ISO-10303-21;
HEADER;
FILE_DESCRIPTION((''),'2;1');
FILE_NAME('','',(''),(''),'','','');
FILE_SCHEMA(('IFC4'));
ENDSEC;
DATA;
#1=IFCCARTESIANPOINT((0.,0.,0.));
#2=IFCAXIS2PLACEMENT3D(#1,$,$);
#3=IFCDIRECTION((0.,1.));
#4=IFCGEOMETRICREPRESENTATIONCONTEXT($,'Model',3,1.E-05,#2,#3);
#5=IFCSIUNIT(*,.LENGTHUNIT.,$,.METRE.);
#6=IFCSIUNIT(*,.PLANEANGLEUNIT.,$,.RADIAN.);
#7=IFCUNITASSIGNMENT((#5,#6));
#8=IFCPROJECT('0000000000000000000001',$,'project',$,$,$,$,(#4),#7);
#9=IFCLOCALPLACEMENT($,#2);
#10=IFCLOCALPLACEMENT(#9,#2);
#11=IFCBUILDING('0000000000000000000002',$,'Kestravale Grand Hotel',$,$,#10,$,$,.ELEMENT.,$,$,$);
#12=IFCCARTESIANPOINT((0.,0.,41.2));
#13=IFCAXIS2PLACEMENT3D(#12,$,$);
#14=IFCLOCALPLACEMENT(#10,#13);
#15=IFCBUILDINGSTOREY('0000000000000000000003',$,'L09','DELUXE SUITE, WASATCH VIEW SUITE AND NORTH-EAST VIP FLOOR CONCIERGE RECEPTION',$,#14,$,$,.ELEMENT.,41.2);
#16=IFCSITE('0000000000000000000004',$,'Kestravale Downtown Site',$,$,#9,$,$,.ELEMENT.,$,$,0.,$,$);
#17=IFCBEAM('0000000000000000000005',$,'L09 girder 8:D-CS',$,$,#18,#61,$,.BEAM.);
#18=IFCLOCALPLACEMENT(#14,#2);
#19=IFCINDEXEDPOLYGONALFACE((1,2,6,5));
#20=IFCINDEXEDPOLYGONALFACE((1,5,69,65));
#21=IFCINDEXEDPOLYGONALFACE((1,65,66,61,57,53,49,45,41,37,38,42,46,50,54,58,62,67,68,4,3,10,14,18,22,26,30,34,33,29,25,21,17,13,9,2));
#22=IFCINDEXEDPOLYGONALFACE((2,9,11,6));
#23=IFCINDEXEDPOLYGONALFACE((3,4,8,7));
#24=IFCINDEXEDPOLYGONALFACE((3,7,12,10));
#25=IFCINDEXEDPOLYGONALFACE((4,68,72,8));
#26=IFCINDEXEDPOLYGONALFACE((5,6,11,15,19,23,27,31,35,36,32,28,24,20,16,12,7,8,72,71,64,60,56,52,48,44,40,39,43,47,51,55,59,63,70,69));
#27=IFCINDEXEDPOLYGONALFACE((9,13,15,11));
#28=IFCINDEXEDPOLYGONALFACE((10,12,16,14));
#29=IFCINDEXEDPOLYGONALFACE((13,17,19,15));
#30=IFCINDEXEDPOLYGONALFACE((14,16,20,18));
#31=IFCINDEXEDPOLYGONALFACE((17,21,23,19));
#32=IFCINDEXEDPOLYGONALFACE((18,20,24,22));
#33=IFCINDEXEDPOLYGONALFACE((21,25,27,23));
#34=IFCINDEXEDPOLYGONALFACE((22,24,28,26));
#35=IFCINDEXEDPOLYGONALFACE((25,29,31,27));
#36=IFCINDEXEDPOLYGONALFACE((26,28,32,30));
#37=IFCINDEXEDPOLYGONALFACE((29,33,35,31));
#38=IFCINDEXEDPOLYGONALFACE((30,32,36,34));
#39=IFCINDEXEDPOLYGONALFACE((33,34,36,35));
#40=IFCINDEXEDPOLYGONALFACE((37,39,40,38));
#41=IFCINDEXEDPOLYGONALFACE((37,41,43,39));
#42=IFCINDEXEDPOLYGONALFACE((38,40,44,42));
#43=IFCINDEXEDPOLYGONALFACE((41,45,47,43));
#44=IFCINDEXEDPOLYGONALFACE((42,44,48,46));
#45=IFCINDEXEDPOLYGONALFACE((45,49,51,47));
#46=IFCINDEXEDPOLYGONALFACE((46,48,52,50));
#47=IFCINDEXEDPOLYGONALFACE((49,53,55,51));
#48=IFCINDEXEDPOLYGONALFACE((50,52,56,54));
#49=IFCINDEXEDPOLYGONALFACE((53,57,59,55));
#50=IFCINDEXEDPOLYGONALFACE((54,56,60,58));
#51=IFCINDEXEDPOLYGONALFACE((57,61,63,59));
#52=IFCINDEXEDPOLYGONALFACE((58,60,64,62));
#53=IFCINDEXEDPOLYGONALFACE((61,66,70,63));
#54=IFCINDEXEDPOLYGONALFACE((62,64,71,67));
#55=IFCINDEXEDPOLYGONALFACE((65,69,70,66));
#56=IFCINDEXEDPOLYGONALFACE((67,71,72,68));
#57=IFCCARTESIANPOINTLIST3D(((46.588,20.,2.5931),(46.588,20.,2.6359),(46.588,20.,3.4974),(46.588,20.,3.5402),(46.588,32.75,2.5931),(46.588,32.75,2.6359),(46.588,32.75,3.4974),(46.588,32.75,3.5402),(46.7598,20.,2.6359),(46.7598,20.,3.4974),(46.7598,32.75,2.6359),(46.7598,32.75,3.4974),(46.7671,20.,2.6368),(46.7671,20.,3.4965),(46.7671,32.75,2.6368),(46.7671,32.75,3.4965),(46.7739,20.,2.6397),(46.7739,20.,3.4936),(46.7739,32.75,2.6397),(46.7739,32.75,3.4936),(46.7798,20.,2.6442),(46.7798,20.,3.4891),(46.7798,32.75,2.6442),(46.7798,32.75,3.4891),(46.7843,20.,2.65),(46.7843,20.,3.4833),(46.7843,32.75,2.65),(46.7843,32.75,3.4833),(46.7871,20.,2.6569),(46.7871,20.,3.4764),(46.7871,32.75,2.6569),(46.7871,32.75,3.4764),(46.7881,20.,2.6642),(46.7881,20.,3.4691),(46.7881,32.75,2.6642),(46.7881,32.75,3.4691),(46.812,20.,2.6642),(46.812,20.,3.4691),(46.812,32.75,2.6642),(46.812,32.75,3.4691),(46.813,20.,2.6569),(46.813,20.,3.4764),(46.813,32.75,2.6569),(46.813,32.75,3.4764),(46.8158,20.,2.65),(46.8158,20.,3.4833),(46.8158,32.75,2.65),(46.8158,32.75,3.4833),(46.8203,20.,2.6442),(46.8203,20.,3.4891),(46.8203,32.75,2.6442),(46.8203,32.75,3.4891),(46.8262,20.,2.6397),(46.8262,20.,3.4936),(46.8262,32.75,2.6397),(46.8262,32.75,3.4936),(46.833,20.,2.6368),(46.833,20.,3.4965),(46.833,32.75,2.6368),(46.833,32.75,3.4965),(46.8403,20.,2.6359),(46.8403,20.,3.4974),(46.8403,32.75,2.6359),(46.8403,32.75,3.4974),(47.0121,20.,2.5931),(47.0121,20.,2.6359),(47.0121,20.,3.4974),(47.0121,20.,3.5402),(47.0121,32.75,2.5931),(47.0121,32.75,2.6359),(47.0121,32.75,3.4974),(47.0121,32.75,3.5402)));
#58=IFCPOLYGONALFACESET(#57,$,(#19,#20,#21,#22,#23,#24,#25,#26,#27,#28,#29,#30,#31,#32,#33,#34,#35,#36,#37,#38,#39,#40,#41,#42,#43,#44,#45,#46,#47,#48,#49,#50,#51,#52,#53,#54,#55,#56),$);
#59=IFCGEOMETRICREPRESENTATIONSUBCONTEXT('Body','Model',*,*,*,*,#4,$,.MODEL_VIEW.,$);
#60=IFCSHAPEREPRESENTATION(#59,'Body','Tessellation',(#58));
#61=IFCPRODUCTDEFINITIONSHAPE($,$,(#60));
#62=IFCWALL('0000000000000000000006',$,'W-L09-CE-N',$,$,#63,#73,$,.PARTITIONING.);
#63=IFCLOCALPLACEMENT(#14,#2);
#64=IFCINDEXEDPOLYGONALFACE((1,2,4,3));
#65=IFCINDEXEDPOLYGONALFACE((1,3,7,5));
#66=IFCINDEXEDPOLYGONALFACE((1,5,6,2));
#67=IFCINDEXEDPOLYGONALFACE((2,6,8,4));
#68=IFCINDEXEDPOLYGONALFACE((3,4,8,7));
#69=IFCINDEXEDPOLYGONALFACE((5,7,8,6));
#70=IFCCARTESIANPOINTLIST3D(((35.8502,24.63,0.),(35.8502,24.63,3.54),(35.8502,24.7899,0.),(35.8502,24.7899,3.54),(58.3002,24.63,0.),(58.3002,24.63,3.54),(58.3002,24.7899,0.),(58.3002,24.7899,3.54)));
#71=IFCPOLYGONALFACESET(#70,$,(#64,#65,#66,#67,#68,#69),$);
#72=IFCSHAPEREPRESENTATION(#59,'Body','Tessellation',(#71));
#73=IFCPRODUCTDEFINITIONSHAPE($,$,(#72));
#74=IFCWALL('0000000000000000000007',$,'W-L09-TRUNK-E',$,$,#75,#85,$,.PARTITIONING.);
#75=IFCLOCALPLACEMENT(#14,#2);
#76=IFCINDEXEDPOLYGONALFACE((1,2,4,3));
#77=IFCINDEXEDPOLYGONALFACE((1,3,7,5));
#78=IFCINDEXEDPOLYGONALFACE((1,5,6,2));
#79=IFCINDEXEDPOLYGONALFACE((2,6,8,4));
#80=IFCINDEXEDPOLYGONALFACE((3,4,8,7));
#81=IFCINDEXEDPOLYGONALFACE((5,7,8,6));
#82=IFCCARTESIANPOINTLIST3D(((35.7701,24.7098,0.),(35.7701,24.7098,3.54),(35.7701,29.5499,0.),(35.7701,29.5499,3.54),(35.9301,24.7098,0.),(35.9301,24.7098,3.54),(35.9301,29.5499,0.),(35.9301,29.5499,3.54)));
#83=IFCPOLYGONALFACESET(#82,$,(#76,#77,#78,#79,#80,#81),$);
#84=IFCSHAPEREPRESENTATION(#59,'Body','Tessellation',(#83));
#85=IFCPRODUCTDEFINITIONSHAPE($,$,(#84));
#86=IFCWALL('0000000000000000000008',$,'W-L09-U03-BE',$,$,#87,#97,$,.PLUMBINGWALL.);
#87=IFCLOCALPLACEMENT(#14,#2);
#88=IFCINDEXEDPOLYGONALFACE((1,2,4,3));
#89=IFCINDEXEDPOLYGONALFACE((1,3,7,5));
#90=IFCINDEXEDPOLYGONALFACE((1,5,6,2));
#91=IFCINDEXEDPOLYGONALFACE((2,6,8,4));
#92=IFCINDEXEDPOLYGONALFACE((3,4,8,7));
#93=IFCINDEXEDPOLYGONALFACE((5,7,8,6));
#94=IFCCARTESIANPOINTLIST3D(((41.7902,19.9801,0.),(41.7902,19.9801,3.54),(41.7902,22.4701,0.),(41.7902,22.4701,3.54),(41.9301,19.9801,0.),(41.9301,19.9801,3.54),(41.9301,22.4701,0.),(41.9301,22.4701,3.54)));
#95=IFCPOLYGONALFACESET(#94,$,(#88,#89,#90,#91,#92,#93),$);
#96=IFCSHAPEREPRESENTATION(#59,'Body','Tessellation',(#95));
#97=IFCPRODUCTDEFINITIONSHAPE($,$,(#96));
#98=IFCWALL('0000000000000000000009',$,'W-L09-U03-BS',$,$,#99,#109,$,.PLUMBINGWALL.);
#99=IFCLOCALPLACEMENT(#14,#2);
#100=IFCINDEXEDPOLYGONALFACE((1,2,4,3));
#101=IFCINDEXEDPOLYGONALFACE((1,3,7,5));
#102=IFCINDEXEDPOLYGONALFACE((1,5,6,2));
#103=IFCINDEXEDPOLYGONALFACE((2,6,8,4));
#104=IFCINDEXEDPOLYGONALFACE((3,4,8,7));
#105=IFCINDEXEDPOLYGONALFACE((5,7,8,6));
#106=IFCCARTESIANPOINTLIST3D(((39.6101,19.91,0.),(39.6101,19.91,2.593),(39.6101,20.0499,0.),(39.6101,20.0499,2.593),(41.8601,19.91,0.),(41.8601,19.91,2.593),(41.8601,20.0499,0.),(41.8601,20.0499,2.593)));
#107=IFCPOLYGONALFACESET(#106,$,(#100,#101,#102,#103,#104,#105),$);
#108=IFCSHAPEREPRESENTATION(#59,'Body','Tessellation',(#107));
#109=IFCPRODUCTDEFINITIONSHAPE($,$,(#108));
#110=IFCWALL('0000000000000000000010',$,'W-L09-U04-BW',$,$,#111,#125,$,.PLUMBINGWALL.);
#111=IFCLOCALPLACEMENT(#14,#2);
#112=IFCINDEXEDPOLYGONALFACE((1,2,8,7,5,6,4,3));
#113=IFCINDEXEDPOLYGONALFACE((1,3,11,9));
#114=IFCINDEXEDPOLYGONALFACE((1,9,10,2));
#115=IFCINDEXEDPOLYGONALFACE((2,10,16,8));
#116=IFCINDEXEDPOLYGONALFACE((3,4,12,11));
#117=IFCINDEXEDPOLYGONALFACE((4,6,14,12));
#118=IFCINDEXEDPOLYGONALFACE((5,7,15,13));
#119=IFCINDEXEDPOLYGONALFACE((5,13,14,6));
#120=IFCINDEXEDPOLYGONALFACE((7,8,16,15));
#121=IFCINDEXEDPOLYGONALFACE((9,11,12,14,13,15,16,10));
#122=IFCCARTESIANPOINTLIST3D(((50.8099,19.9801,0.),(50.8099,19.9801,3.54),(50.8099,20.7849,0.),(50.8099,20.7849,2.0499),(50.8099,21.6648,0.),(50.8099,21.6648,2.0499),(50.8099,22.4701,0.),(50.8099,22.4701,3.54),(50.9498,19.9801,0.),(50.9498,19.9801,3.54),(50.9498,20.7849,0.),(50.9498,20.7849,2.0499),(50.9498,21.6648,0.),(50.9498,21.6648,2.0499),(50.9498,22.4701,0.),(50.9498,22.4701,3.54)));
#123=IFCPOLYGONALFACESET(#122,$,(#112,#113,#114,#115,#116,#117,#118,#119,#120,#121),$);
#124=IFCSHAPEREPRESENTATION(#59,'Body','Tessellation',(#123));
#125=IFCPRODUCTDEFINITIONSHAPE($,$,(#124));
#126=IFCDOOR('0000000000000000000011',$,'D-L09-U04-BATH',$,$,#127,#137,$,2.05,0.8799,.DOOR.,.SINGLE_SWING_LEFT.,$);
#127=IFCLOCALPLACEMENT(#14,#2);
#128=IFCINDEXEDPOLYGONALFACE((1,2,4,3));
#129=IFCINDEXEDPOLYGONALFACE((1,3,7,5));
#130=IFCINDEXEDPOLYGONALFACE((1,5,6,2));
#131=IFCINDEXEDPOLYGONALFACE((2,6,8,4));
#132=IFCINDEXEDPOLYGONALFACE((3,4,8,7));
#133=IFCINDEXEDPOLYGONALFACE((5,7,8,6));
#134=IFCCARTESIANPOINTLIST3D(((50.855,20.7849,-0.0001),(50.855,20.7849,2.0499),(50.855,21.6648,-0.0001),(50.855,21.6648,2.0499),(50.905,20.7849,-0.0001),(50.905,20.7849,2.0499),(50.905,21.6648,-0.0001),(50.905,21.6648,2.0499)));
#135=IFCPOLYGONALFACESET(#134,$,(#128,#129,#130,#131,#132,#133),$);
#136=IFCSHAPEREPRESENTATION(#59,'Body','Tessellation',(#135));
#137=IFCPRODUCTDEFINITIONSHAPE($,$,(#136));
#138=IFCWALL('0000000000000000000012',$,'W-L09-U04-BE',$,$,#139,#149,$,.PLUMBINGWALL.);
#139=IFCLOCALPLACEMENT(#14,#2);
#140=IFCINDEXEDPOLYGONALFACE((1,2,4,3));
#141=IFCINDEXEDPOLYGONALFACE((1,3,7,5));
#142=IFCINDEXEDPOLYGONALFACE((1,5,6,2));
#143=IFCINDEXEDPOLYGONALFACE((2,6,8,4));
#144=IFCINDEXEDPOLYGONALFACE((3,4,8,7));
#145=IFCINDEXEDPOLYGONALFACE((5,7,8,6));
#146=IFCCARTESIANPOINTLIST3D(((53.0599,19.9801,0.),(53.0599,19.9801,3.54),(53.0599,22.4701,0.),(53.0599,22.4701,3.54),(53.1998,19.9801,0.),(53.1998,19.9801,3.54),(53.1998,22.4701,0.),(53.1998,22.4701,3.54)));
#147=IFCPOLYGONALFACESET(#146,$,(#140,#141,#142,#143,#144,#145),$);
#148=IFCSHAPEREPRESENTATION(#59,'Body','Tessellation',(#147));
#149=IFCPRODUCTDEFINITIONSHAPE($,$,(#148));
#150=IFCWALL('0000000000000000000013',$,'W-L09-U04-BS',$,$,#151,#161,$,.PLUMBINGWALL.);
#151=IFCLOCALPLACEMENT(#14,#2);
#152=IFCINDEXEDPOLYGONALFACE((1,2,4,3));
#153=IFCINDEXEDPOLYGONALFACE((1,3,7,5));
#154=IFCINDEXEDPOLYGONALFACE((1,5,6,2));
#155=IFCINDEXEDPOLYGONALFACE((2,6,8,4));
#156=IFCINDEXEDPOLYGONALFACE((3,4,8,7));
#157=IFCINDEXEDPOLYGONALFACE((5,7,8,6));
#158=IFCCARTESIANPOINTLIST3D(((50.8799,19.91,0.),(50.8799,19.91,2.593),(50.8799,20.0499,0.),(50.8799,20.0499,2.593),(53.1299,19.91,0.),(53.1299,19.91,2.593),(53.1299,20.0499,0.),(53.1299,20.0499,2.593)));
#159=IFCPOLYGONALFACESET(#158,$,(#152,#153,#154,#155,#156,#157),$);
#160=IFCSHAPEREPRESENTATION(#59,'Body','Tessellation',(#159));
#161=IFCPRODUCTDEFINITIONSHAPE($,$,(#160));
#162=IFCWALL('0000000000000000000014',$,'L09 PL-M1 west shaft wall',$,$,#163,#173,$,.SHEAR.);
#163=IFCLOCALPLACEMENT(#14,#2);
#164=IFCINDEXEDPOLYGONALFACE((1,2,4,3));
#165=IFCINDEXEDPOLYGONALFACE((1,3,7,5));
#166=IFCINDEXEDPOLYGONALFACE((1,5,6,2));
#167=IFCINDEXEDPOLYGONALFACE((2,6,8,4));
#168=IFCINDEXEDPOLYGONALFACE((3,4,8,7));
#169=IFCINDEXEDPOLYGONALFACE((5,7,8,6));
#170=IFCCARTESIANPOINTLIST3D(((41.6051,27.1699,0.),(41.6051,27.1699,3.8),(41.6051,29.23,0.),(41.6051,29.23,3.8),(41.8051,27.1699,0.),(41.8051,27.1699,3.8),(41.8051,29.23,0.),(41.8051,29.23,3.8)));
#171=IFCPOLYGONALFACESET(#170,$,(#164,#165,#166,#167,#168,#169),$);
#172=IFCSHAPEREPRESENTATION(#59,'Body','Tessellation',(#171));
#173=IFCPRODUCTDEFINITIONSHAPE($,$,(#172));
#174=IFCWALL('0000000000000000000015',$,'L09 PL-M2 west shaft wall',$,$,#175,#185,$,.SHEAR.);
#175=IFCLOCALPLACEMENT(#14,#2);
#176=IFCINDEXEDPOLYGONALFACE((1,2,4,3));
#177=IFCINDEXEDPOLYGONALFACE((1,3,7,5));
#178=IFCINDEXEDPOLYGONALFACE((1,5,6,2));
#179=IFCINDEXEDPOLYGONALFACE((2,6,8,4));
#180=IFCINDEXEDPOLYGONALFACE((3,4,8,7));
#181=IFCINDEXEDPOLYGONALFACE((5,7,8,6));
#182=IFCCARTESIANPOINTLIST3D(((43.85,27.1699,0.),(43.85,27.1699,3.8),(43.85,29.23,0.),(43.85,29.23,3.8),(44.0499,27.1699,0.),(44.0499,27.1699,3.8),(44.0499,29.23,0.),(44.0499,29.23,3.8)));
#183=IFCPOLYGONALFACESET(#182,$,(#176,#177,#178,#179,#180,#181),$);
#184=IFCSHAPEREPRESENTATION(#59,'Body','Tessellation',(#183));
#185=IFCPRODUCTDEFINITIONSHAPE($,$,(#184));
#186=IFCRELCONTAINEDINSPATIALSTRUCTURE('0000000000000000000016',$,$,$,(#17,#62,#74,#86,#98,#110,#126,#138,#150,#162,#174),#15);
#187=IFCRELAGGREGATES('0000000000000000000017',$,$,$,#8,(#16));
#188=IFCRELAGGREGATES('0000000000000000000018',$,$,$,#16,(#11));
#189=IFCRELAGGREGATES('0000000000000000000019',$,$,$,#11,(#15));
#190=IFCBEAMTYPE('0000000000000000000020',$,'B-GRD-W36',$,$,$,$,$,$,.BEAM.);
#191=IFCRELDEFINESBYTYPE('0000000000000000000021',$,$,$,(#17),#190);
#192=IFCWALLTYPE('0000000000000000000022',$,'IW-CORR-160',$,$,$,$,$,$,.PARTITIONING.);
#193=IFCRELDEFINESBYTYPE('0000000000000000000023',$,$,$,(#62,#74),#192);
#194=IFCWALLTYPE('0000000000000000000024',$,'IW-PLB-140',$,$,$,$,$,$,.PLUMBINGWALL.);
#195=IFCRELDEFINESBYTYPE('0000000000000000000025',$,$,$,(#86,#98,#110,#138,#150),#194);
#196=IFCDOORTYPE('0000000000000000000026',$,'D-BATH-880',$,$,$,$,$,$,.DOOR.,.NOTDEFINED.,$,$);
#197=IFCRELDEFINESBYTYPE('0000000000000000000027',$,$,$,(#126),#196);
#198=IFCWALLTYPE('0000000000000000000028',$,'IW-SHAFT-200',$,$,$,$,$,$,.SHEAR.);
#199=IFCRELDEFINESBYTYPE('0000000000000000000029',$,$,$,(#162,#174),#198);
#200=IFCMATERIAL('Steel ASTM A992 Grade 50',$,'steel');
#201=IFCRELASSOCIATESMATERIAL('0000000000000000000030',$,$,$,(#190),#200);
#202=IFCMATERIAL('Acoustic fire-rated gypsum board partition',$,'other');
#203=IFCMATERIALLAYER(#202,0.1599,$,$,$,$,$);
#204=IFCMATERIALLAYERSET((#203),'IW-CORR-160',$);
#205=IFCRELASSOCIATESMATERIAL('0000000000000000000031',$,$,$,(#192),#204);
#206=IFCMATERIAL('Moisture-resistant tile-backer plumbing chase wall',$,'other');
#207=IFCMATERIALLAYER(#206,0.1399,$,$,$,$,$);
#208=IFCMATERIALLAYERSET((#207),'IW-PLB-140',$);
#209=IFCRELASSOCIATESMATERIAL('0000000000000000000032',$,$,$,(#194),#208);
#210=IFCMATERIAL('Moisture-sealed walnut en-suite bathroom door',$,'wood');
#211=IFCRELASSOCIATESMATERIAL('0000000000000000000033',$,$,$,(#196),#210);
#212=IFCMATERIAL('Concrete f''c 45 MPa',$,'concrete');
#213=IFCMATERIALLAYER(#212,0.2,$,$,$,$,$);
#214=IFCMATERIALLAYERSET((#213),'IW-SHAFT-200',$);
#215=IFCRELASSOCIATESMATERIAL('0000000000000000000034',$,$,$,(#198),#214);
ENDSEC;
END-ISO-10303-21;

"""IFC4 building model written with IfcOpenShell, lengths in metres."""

from ifc_helpers import new_model, si_unit, direction, frame, frame_2d, origin, origin_2d, place, context, subcontext, project, spatial, rectangle, i_section, extrude, material, layer, layer_set, material_profile, profile_set, type_object, element, fill, save


model = new_model("IFC4")

# Units and contexts
model_context = context("Model", 3, precision=1e-05, world=origin(), true_north=direction((0.0, 1.0)))
body_context = subcontext(model_context, "Body", "Model", "MODEL_VIEW")
ifc_project = project(units=[si_unit("LENGTHUNIT", "METRE"), si_unit("PLANEANGLEUNIT", "RADIAN")], contexts=[model_context])

# Site, building, storey
site_placement = place(None, origin())
site = spatial("IfcSite", under=ifc_project, at=site_placement, Name="Kestravale Downtown Site", CompositionType="ELEMENT", RefElevation=0.0)
building_placement = place(site_placement, origin())
building = spatial("IfcBuilding", under=site, at=building_placement, Name="Kestravale Grand Hotel", CompositionType="ELEMENT")
storey_placement = place(building_placement, frame((0.0, 0.0, 41.2)))
storey = spatial("IfcBuildingStorey", under=building, at=storey_placement, Name="L09", Description="DELUXE SUITE, WASATCH VIEW SUITE AND NORTH-EAST VIP FLOOR CONCIERGE RECEPTION", CompositionType="ELEMENT", Elevation=41.2)

# Beam
ifc_material_1 = material(Name="Steel ASTM A992 Grade 50", Category="steel")
ifc_material_profile_1 = material_profile(ifc_material_1, i_section(OverallWidth=0.4241, OverallDepth=0.947, WebThickness=0.0239, FlangeThickness=0.0427, FilletRadius=0.0283, at=origin_2d()))
ifc_profile_set_1 = profile_set([ifc_material_profile_1], Name="Steel ASTM A992 Grade 50")
beam_type = type_object("IfcBeamType", Name="B-GRD-W36", PredefinedType="BEAM", material=ifc_profile_set_1)
beam_1_placement = place(storey_placement, frame((46.8, 20.0, 3.0667), z_axis=(0.0, 1.0, 0.0), x_axis=(-1.0, 0.0, 0.0)))
element("IfcBeam", 1, at=beam_1_placement, inside=storey, type_object=beam_type, Name="L09 girder 8:D-CS", PredefinedType="BEAM", context=body_context, shape_type="SweptSolid", body=[
    extrude(i_section(OverallWidth=0.4241, OverallDepth=0.947, WebThickness=0.0239, FlangeThickness=0.0427, FilletRadius=0.0283, at=origin_2d()), origin(), (0.0, 0.0, 1.0), 12.75),
])

# Walls
ifc_material_2 = material(Name="Acoustic fire-rated gypsum board partition", Category="other")
ifc_layer_1 = layer(ifc_material_2, 0.1599)
ifc_layer_set_1 = layer_set([ifc_layer_1], Name="IW-CORR-160")
wall_type_1 = type_object("IfcWallType", Name="IW-CORR-160", PredefinedType="PARTITIONING", material=ifc_layer_set_1)
wall_1_placement = place(storey_placement, frame((35.8501, 24.71, 0.0), z_axis=(0.0, 0.0, 1.0), x_axis=(1.0, 0.0, 0.0)))
element("IfcWall", 2, at=wall_1_placement, inside=storey, type_object=wall_type_1, Name="W-L09-CE-N", PredefinedType="PARTITIONING", context=body_context, shape_type="SweptSolid", body=[
    extrude(rectangle(XDim=22.45, YDim=0.1599, at=frame_2d((11.2251, 0.0))), origin(), (0.0, 0.0, 1.0), 3.54),
])
wall_2_placement = place(storey_placement, frame((35.8501, 24.71, 0.0), z_axis=(0.0, 0.0, 1.0), x_axis=(0.0, 1.0, 0.0)))
element("IfcWall", 3, at=wall_2_placement, inside=storey, type_object=wall_type_1, Name="W-L09-TRUNK-E", PredefinedType="PARTITIONING", context=body_context, shape_type="SweptSolid", body=[
    extrude(rectangle(XDim=4.8401, YDim=0.1599, at=frame_2d((2.4199, 0.0))), origin(), (0.0, 0.0, 1.0), 3.54),
])
ifc_material_3 = material(Name="Moisture-resistant tile-backer plumbing chase wall", Category="other")
ifc_layer_2 = layer(ifc_material_3, 0.1399)
ifc_layer_set_2 = layer_set([ifc_layer_2], Name="IW-PLB-140")
wall_type_2 = type_object("IfcWallType", Name="IW-PLB-140", PredefinedType="PLUMBINGWALL", material=ifc_layer_set_2)
wall_3_placement = place(storey_placement, frame((41.8601, 19.98, 0.0), z_axis=(0.0, 0.0, 1.0), x_axis=(0.0, 1.0, 0.0)))
element("IfcWall", 4, at=wall_3_placement, inside=storey, type_object=wall_type_2, Name="W-L09-U03-BE", PredefinedType="PLUMBINGWALL", context=body_context, shape_type="SweptSolid", body=[
    extrude(rectangle(XDim=2.49, YDim=0.1399, at=frame_2d((1.2451, 0.0))), origin(), (0.0, 0.0, 1.0), 3.54),
])
wall_4_placement = place(storey_placement, frame((39.6101, 19.98, 0.0), z_axis=(0.0, 0.0, 1.0), x_axis=(1.0, 0.0, 0.0)))
element("IfcWall", 5, at=wall_4_placement, inside=storey, type_object=wall_type_2, Name="W-L09-U03-BS", PredefinedType="PLUMBINGWALL", context=body_context, shape_type="SweptSolid", body=[
    extrude(rectangle(XDim=2.25, YDim=0.1399, at=frame_2d((1.125, 0.0))), origin(), (0.0, 0.0, 1.0), 2.593),
])

# Wall, opening, door
wall_5_placement = place(storey_placement, frame((50.8799, 19.98, 0.0), z_axis=(0.0, 0.0, 1.0), x_axis=(0.0, 1.0, 0.0)))
wall_5 = element("IfcWall", 6, at=wall_5_placement, inside=storey, type_object=wall_type_2, Name="W-L09-U04-BW", PredefinedType="PLUMBINGWALL", context=body_context, shape_type="SweptSolid", body=[
    extrude(rectangle(XDim=2.49, YDim=0.1399, at=frame_2d((1.2451, 0.0))), origin(), (0.0, 0.0, 1.0), 3.54),
])
opening_placement = place(wall_5_placement, frame((0.8049, 0.0, 0.0)))
opening = element("IfcOpeningElement", 7, at=opening_placement, cuts=wall_5, PredefinedType="OPENING", context=body_context, shape_type="SweptSolid", body=[
    extrude(rectangle(XDim=0.8799, YDim=2.05, at=frame_2d((0.4399, 1.0249))), frame((0.0, 0.0798, 0.0), z_axis=(0.0, -1.0, 0.0), x_axis=(1.0, 0.0, 0.0)), (0.0, 0.0, 1.0), 0.1599),
])
ifc_material_4 = material(Name="Moisture-sealed walnut en-suite bathroom door", Category="wood")
door_type = type_object("IfcDoorType", Name="D-BATH-880", OperationType="NOTDEFINED", PredefinedType="DOOR", material=ifc_material_4)
door_placement = place(opening_placement, origin())
door = element("IfcDoor", 8, at=door_placement, inside=storey, type_object=door_type, Name="D-L09-U04-BATH", OperationType="SINGLE_SWING_LEFT", OverallHeight=2.05, OverallWidth=0.8799, PredefinedType="DOOR", context=body_context, shape_type="SweptSolid", body=[
    extrude(rectangle(XDim=0.8799, YDim=2.05, at=frame_2d((0.4399, 1.0249))), frame((0.0, 0.0249, 0.0), z_axis=(0.0, -1.0, 0.0), x_axis=(1.0, 0.0, 0.0)), (0.0, 0.0, 1.0), 0.05),
])
fill(opening, door)

# Walls
wall_6_placement = place(storey_placement, frame((53.1299, 19.98, 0.0), z_axis=(0.0, 0.0, 1.0), x_axis=(0.0, 1.0, 0.0)))
element("IfcWall", 9, at=wall_6_placement, inside=storey, type_object=wall_type_2, Name="W-L09-U04-BE", PredefinedType="PLUMBINGWALL", context=body_context, shape_type="SweptSolid", body=[
    extrude(rectangle(XDim=2.49, YDim=0.1399, at=frame_2d((1.2451, 0.0))), origin(), (0.0, 0.0, 1.0), 3.54),
])
wall_7_placement = place(storey_placement, frame((50.8799, 19.98, 0.0), z_axis=(0.0, 0.0, 1.0), x_axis=(1.0, 0.0, 0.0)))
element("IfcWall", 10, at=wall_7_placement, inside=storey, type_object=wall_type_2, Name="W-L09-U04-BS", PredefinedType="PLUMBINGWALL", context=body_context, shape_type="SweptSolid", body=[
    extrude(rectangle(XDim=2.25, YDim=0.1399, at=frame_2d((1.125, 0.0))), origin(), (0.0, 0.0, 1.0), 2.593),
])
ifc_material_5 = material(Name="Concrete f'c 45 MPa", Category="concrete")
ifc_layer_3 = layer(ifc_material_5, 0.2)
ifc_layer_set_3 = layer_set([ifc_layer_3], Name="IW-SHAFT-200")
wall_type_3 = type_object("IfcWallType", Name="IW-SHAFT-200", PredefinedType="SHEAR", material=ifc_layer_set_3)
for number, where, z_axis, x_axis, name in (
    (11, (41.7051, 27.1699, 0.0), (0.0, 0.0, 1.0), (0.0, 1.0, 0.0), "L09 PL-M1 west shaft wall"),
    (12, (43.95, 27.1699, 0.0), (0.0, 0.0, 1.0), (0.0, 1.0, 0.0), "L09 PL-M2 west shaft wall"),
):
    element("IfcWall", number, at=place(storey_placement, frame(where, z_axis=z_axis, x_axis=x_axis)), inside=storey, type_object=wall_type_3, Name=name, PredefinedType="SHEAR", context=body_context, shape_type="SweptSolid", body=[
        extrude(rectangle(XDim=2.0601, YDim=0.2, at=frame_2d((1.03, 0.0))), origin(), (0.0, 0.0, 1.0), 3.8),
    ])

save(model, "model.ifc")
